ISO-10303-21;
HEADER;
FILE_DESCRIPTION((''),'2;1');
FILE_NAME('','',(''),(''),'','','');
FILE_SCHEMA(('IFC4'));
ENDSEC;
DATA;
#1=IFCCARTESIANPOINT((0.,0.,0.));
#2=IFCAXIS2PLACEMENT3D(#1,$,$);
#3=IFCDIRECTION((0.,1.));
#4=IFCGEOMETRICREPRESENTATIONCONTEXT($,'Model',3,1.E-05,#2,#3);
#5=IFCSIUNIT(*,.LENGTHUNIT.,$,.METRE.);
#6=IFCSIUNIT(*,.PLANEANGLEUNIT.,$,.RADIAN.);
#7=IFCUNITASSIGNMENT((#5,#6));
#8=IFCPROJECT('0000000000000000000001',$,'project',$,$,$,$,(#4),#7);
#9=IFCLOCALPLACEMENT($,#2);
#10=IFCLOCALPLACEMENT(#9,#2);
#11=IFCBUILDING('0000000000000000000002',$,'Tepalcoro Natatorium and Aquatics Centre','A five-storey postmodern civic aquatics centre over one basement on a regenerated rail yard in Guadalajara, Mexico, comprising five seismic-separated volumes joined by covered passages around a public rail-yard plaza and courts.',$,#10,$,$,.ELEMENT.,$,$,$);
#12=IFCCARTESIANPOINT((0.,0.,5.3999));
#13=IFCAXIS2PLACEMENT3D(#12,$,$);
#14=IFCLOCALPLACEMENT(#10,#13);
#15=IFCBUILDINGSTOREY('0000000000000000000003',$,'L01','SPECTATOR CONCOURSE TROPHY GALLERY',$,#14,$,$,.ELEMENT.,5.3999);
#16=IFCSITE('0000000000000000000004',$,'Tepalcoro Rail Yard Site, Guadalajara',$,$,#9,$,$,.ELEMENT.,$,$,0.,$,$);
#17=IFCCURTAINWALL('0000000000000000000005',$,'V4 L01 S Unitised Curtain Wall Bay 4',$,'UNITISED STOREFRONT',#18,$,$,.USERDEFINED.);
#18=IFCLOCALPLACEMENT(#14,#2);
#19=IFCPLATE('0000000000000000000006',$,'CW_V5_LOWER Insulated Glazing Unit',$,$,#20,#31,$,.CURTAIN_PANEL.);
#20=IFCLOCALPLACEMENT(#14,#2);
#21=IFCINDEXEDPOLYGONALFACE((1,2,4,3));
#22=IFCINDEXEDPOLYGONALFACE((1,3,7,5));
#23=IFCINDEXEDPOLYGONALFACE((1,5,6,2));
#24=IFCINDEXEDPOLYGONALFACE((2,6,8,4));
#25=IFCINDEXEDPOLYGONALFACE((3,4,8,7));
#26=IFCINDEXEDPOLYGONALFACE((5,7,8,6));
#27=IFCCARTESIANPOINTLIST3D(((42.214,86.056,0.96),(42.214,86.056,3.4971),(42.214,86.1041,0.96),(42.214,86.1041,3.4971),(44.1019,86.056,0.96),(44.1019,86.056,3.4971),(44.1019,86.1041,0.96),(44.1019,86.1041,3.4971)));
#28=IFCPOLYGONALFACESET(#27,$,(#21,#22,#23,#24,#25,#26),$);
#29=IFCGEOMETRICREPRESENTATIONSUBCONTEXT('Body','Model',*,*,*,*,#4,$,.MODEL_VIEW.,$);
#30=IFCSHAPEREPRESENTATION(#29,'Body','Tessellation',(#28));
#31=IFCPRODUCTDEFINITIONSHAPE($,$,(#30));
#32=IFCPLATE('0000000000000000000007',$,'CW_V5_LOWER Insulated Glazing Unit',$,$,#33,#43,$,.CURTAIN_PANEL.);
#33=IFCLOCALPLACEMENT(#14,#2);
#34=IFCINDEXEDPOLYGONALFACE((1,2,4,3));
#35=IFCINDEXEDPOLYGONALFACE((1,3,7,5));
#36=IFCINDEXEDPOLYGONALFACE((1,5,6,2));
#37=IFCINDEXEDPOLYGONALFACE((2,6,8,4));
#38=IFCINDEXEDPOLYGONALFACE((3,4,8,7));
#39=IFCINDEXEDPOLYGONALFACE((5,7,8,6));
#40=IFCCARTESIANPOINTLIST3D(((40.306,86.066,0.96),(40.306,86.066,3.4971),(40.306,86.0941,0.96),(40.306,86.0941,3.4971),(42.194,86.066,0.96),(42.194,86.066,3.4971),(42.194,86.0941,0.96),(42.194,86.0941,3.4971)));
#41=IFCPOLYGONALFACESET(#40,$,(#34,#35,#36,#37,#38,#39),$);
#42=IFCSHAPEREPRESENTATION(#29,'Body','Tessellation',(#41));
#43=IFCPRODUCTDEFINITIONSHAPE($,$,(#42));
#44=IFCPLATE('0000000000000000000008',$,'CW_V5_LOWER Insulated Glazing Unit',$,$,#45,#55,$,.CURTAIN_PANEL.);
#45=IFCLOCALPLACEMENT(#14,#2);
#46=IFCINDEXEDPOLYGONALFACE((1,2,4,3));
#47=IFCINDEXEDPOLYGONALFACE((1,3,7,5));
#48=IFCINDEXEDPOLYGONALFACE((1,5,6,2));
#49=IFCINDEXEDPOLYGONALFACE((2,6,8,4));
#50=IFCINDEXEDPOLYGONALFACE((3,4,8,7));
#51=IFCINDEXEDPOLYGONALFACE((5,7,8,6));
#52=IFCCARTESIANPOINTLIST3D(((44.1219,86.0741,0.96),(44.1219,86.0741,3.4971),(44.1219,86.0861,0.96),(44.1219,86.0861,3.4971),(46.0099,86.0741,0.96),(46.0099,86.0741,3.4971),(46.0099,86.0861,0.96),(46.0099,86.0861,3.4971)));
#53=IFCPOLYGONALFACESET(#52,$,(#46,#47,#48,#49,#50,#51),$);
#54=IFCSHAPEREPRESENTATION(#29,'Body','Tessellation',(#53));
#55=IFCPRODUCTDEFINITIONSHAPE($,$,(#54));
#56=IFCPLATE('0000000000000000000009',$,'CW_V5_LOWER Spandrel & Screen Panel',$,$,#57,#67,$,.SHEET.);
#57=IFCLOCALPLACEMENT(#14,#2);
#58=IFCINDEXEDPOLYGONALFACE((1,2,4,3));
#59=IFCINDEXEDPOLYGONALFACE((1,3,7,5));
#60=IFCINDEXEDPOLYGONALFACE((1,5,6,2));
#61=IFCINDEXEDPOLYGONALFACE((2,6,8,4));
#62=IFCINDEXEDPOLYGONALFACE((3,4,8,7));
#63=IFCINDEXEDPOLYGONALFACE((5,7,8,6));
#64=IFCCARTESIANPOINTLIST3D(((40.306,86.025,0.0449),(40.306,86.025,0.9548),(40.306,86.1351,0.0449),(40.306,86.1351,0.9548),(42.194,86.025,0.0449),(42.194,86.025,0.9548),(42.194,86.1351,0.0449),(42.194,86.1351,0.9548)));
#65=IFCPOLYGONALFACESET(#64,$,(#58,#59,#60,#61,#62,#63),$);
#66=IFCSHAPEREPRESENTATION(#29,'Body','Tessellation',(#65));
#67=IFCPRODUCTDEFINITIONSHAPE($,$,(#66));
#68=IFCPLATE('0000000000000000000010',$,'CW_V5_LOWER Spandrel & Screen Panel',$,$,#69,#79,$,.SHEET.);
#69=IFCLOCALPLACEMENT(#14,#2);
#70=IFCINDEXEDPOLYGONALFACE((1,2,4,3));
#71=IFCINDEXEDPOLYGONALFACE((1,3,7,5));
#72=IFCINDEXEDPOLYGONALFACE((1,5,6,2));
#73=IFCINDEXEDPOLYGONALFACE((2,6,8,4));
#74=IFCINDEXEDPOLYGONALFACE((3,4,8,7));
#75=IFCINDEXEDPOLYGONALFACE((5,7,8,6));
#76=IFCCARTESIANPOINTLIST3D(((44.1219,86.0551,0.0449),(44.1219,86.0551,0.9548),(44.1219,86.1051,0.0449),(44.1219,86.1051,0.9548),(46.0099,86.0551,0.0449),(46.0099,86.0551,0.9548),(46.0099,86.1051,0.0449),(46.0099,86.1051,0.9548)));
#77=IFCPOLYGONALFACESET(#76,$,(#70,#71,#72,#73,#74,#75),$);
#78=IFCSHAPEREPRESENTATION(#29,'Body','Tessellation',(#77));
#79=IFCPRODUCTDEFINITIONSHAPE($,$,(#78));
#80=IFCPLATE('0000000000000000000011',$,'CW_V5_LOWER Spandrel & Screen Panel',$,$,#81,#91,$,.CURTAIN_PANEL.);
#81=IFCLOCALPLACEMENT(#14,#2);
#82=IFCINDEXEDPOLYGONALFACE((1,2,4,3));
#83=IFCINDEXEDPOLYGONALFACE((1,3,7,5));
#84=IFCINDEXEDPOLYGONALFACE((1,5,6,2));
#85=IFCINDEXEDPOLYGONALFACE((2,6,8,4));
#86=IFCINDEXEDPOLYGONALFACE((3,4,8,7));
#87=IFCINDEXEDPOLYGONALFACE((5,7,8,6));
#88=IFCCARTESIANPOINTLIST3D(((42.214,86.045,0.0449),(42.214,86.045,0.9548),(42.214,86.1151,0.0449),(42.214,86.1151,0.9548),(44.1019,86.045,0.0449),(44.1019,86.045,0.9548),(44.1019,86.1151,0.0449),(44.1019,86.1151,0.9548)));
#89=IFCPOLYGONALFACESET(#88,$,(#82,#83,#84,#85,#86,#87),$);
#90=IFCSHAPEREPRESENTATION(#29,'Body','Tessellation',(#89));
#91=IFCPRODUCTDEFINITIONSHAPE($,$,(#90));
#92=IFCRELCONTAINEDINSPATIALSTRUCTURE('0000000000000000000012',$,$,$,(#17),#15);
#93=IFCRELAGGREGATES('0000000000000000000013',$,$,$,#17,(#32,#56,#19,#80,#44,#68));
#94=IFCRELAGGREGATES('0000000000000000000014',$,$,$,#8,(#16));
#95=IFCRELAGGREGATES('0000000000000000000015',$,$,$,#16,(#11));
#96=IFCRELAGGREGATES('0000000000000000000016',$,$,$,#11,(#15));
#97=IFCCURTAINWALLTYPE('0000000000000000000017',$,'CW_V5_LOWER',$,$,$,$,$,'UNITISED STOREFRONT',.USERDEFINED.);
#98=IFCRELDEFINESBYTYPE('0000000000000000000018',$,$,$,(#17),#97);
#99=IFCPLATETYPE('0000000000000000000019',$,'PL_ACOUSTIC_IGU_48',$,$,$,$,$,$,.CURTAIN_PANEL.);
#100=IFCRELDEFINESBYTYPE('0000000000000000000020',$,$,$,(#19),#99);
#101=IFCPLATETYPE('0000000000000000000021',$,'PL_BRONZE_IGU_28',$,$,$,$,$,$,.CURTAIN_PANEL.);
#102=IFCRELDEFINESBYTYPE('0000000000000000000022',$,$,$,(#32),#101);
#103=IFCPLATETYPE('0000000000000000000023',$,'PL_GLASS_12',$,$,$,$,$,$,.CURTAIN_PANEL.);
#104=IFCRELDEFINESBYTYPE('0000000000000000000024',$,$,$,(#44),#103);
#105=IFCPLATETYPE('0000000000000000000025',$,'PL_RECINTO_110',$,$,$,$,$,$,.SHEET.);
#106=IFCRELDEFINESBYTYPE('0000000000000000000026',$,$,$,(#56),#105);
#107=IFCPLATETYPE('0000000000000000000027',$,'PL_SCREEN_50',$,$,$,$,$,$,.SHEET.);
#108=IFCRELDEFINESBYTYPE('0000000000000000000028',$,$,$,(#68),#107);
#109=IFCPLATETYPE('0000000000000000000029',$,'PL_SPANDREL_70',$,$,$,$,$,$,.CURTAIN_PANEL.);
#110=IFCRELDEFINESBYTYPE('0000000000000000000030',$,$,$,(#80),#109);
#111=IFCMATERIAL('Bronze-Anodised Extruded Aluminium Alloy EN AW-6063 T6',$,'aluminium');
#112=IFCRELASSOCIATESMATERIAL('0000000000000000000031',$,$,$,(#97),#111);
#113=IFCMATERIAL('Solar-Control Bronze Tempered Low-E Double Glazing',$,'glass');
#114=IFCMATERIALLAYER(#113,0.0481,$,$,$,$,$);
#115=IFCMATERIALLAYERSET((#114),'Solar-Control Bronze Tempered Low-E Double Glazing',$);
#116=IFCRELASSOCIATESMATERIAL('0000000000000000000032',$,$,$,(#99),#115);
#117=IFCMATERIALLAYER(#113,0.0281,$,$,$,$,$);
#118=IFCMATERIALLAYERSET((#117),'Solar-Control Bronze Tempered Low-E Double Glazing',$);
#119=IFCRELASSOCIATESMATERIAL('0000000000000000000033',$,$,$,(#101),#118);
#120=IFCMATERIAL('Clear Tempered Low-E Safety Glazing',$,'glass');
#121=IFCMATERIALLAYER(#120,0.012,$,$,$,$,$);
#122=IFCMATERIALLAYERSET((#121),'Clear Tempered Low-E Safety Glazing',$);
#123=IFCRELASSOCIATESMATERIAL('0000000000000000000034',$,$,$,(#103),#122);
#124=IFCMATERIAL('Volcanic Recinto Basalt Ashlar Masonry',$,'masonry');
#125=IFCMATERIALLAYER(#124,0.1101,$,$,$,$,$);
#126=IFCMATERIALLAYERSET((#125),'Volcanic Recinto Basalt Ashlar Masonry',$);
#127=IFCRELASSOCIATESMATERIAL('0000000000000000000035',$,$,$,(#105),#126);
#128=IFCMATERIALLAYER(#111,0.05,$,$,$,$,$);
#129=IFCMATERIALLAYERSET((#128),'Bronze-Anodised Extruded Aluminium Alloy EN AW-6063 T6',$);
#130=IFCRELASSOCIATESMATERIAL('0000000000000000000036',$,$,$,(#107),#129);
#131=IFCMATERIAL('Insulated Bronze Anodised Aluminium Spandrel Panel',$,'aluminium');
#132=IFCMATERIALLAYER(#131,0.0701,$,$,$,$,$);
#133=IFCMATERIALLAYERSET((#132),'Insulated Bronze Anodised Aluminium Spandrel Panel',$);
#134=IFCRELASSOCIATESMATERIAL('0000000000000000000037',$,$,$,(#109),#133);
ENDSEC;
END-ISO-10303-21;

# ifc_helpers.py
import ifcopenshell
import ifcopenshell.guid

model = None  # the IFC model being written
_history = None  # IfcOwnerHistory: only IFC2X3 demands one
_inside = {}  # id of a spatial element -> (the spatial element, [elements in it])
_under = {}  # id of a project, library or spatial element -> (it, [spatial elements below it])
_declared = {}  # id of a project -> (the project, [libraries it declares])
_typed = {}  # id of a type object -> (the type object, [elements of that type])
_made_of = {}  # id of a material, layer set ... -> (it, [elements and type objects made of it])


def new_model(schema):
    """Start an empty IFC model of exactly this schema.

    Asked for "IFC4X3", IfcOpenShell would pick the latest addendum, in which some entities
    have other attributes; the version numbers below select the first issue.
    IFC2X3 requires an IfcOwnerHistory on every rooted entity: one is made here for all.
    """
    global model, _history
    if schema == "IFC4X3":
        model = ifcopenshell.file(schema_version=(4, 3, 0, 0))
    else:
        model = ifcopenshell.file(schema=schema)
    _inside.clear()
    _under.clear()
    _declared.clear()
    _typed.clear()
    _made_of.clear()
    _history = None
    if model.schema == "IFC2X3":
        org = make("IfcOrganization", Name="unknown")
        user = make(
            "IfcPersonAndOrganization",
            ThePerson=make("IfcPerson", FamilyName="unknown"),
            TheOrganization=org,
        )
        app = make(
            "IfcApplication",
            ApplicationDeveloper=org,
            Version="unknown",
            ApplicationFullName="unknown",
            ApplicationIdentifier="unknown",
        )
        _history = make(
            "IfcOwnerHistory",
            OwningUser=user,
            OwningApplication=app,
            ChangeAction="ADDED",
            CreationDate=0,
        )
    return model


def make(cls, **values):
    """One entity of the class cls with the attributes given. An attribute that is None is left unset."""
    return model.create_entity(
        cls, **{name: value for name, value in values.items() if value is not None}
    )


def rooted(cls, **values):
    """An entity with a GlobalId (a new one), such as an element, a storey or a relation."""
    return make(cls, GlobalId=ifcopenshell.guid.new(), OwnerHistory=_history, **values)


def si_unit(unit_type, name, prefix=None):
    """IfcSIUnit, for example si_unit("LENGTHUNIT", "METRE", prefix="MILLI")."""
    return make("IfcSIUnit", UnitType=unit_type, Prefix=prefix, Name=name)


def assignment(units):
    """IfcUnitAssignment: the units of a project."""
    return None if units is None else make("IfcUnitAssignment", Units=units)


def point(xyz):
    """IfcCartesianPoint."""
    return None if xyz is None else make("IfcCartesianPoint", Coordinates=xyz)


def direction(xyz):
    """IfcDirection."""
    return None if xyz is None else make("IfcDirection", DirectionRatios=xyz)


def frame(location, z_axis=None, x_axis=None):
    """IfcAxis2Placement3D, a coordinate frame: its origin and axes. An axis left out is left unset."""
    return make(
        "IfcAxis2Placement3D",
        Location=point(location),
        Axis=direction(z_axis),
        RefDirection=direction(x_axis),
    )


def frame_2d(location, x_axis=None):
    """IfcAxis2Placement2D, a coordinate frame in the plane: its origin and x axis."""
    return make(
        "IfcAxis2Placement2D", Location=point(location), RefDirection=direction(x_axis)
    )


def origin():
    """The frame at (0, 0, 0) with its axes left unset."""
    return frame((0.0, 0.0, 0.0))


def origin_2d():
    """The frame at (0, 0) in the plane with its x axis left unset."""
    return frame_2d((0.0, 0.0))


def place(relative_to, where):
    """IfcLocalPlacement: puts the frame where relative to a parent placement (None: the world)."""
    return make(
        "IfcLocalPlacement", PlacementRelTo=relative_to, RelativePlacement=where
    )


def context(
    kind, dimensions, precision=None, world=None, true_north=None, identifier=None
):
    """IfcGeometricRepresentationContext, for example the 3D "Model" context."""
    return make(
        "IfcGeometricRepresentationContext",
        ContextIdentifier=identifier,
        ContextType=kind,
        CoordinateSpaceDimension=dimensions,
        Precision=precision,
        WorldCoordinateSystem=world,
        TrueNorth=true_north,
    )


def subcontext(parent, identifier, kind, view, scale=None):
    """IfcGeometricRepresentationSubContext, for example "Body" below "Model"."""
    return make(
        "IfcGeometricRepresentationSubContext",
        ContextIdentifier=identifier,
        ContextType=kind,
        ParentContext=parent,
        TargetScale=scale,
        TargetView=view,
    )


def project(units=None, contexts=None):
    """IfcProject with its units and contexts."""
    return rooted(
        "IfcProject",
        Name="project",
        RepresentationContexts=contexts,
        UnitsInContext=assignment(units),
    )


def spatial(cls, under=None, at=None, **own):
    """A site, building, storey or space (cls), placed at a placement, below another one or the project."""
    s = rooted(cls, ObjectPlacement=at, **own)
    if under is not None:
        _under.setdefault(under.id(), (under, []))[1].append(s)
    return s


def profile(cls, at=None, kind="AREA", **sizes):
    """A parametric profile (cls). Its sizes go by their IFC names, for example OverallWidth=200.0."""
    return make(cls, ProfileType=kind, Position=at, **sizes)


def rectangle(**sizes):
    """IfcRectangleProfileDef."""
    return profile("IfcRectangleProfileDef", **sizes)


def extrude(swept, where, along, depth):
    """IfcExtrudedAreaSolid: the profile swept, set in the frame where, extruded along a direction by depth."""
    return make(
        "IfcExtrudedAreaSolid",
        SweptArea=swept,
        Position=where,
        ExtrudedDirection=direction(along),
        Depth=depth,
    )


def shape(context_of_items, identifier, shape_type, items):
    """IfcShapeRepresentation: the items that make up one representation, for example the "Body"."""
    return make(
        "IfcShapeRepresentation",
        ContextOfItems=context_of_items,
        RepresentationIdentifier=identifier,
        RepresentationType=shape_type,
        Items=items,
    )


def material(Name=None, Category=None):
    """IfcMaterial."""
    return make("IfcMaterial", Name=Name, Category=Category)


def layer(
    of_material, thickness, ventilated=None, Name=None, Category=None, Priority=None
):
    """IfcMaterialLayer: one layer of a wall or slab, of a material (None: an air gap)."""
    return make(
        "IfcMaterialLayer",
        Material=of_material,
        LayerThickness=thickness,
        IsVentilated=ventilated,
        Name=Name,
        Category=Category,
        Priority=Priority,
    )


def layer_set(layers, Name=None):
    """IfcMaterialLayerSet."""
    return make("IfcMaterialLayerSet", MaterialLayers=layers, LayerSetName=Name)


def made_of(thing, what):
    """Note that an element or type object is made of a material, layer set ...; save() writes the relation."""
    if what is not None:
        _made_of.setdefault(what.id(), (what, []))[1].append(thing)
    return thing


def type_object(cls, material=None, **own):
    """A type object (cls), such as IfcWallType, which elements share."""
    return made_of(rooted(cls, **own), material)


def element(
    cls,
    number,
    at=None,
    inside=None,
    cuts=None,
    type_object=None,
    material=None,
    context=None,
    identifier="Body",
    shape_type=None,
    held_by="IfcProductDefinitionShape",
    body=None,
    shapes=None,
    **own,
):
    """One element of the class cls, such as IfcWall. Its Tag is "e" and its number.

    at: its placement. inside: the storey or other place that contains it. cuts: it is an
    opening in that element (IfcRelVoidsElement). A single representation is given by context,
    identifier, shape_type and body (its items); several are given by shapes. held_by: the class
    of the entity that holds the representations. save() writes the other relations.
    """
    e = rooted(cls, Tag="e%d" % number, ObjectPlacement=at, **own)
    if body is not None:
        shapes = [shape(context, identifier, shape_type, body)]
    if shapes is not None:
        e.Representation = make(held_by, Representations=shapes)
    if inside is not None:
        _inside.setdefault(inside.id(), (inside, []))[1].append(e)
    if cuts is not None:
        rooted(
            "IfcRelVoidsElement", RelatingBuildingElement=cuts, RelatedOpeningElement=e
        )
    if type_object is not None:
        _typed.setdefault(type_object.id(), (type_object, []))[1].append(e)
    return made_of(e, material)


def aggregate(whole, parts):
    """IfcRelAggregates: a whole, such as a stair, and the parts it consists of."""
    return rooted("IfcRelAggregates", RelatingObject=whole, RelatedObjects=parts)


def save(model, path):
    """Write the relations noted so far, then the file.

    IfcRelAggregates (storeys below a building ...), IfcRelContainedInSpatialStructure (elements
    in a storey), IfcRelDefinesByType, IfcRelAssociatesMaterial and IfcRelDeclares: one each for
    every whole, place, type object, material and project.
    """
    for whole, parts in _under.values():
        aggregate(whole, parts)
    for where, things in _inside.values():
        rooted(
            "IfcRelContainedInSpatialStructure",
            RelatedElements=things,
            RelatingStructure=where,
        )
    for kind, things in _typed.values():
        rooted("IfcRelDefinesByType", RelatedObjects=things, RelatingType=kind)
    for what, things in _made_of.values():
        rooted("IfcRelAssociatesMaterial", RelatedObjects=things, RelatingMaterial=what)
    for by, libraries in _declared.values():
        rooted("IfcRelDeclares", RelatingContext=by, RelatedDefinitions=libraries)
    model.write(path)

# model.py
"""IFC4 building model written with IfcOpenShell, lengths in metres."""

from ifc_helpers import new_model, si_unit, direction, frame, origin, origin_2d, place, context, subcontext, project, spatial, rectangle, extrude, material, layer, layer_set, type_object, element, aggregate, save


model = new_model("IFC4")

# Units and contexts
model_context = context("Model", 3, precision=1e-05, world=origin(), true_north=direction((0.0, 1.0)))
body_context = subcontext(model_context, "Body", "Model", "MODEL_VIEW")
ifc_project = project(units=[si_unit("LENGTHUNIT", "METRE"), si_unit("PLANEANGLEUNIT", "RADIAN")], contexts=[model_context])

# Site, building, storey
site_placement = place(None, origin())
site = spatial("IfcSite", under=ifc_project, at=site_placement, Name="Tepalcoro Rail Yard Site, Guadalajara", CompositionType="ELEMENT", RefElevation=0.0)
building_placement = place(site_placement, origin())
building = spatial("IfcBuilding", under=site, at=building_placement, Name="Tepalcoro Natatorium and Aquatics Centre", Description="A five-storey postmodern civic aquatics centre over one basement on a regenerated rail yard in Guadalajara, Mexico, comprising five seismic-separated volumes joined by covered passages around a public rail-yard plaza and courts.", CompositionType="ELEMENT")
storey_placement = place(building_placement, frame((0.0, 0.0, 5.3999)))
storey = spatial("IfcBuildingStorey", under=building, at=storey_placement, Name="L01", Description="SPECTATOR CONCOURSE TROPHY GALLERY", CompositionType="ELEMENT", Elevation=5.3999)

# Shared definitions
ifc_material_1 = material(Name="Bronze-Anodised Extruded Aluminium Alloy EN AW-6063 T6", Category="aluminium")

# Curtain wall
curtain_wall_type_1 = type_object("IfcCurtainWallType", Name="CW_V5_LOWER", ElementType="UNITISED STOREFRONT", PredefinedType="USERDEFINED", material=ifc_material_1)
curtain_wall_1_placement = place(storey_placement, origin())
curtain_wall_1 = element("IfcCurtainWall", 1, at=curtain_wall_1_placement, inside=storey, type_object=curtain_wall_type_1, Name="V4 L01 S Unitised Curtain Wall Bay 4", ObjectType="UNITISED STOREFRONT", PredefinedType="USERDEFINED")

# Plates
ifc_material_2 = material(Name="Solar-Control Bronze Tempered Low-E Double Glazing", Category="glass")
ifc_layer_1 = layer(ifc_material_2, 0.0481)
ifc_layer_set_1 = layer_set([ifc_layer_1], Name="Solar-Control Bronze Tempered Low-E Double Glazing")
plate_type_1 = type_object("IfcPlateType", Name="PL_ACOUSTIC_IGU_48", PredefinedType="CURTAIN_PANEL", material=ifc_layer_set_1)
plate_1_placement = place(storey_placement, frame((43.158, 86.0801, 0.96), z_axis=(0.0, 0.0, 1.0), x_axis=(1.0, 0.0, 0.0)))
plate_1 = element("IfcPlate", 2, at=plate_1_placement, type_object=plate_type_1, Name="CW_V5_LOWER Insulated Glazing Unit", PredefinedType="CURTAIN_PANEL", context=body_context, shape_type="SweptSolid", body=[
    extrude(rectangle(XDim=1.8879, YDim=0.0481, at=origin_2d()), origin(), (0.0, 0.0, 1.0), 2.5371),
])
ifc_layer_2 = layer(ifc_material_2, 0.0281)
ifc_layer_set_2 = layer_set([ifc_layer_2], Name="Solar-Control Bronze Tempered Low-E Double Glazing")
plate_type_2 = type_object("IfcPlateType", Name="PL_BRONZE_IGU_28", PredefinedType="CURTAIN_PANEL", material=ifc_layer_set_2)
plate_2_placement = place(storey_placement, frame((41.25, 86.0801, 0.96), z_axis=(0.0, 0.0, 1.0), x_axis=(1.0, 0.0, 0.0)))
plate_2 = element("IfcPlate", 3, at=plate_2_placement, type_object=plate_type_2, Name="CW_V5_LOWER Insulated Glazing Unit", PredefinedType="CURTAIN_PANEL", context=body_context, shape_type="SweptSolid", body=[
    extrude(rectangle(XDim=1.8879, YDim=0.0281, at=origin_2d()), origin(), (0.0, 0.0, 1.0), 2.5371),
])
ifc_material_3 = material(Name="Clear Tempered Low-E Safety Glazing", Category="glass")
ifc_layer_3 = layer(ifc_material_3, 0.012)
ifc_layer_set_3 = layer_set([ifc_layer_3], Name="Clear Tempered Low-E Safety Glazing")
plate_type_3 = type_object("IfcPlateType", Name="PL_GLASS_12", PredefinedType="CURTAIN_PANEL", material=ifc_layer_set_3)
plate_3_placement = place(storey_placement, frame((45.0659, 86.0801, 0.96), z_axis=(0.0, 0.0, 1.0), x_axis=(1.0, 0.0, 0.0)))
plate_3 = element("IfcPlate", 4, at=plate_3_placement, type_object=plate_type_3, Name="CW_V5_LOWER Insulated Glazing Unit", PredefinedType="CURTAIN_PANEL", context=body_context, shape_type="SweptSolid", body=[
    extrude(rectangle(XDim=1.8879, YDim=0.012, at=origin_2d()), origin(), (0.0, 0.0, 1.0), 2.5371),
])
ifc_material_4 = material(Name="Volcanic Recinto Basalt Ashlar Masonry", Category="masonry")
ifc_layer_4 = layer(ifc_material_4, 0.1101)
ifc_layer_set_4 = layer_set([ifc_layer_4], Name="Volcanic Recinto Basalt Ashlar Masonry")
plate_type_4 = type_object("IfcPlateType", Name="PL_RECINTO_110", PredefinedType="SHEET", material=ifc_layer_set_4)
plate_4_placement = place(storey_placement, frame((41.25, 86.0801, 0.0449), z_axis=(0.0, 0.0, 1.0), x_axis=(1.0, 0.0, 0.0)))
plate_4 = element("IfcPlate", 5, at=plate_4_placement, type_object=plate_type_4, Name="CW_V5_LOWER Spandrel & Screen Panel", PredefinedType="SHEET", context=body_context, shape_type="SweptSolid", body=[
    extrude(rectangle(XDim=1.8879, YDim=0.1101, at=origin_2d()), origin(), (0.0, 0.0, 1.0), 0.9099),
])
ifc_layer_5 = layer(ifc_material_1, 0.05)
ifc_layer_set_5 = layer_set([ifc_layer_5], Name="Bronze-Anodised Extruded Aluminium Alloy EN AW-6063 T6")
plate_type_5 = type_object("IfcPlateType", Name="PL_SCREEN_50", PredefinedType="SHEET", material=ifc_layer_set_5)
plate_5_placement = place(storey_placement, frame((45.0659, 86.0801, 0.0449), z_axis=(0.0, 0.0, 1.0), x_axis=(1.0, 0.0, 0.0)))
plate_5 = element("IfcPlate", 6, at=plate_5_placement, type_object=plate_type_5, Name="CW_V5_LOWER Spandrel & Screen Panel", PredefinedType="SHEET", context=body_context, shape_type="SweptSolid", body=[
    extrude(rectangle(XDim=1.8879, YDim=0.05, at=origin_2d()), origin(), (0.0, 0.0, 1.0), 0.9099),
])
ifc_material_5 = material(Name="Insulated Bronze Anodised Aluminium Spandrel Panel", Category="aluminium")
ifc_layer_6 = layer(ifc_material_5, 0.0701)
ifc_layer_set_6 = layer_set([ifc_layer_6], Name="Insulated Bronze Anodised Aluminium Spandrel Panel")
plate_type_6 = type_object("IfcPlateType", Name="PL_SPANDREL_70", PredefinedType="CURTAIN_PANEL", material=ifc_layer_set_6)
plate_6_placement = place(storey_placement, frame((43.158, 86.0801, 0.0449), z_axis=(0.0, 0.0, 1.0), x_axis=(1.0, 0.0, 0.0)))
plate_6 = element("IfcPlate", 7, at=plate_6_placement, type_object=plate_type_6, Name="CW_V5_LOWER Spandrel & Screen Panel", PredefinedType="CURTAIN_PANEL", context=body_context, shape_type="SweptSolid", body=[
    extrude(rectangle(XDim=1.8879, YDim=0.0701, at=origin_2d()), origin(), (0.0, 0.0, 1.0), 0.9099),
])
aggregate(curtain_wall_1, [plate_2, plate_4, plate_1, plate_6, plate_3, plate_5])

save(model, "model.ifc")
